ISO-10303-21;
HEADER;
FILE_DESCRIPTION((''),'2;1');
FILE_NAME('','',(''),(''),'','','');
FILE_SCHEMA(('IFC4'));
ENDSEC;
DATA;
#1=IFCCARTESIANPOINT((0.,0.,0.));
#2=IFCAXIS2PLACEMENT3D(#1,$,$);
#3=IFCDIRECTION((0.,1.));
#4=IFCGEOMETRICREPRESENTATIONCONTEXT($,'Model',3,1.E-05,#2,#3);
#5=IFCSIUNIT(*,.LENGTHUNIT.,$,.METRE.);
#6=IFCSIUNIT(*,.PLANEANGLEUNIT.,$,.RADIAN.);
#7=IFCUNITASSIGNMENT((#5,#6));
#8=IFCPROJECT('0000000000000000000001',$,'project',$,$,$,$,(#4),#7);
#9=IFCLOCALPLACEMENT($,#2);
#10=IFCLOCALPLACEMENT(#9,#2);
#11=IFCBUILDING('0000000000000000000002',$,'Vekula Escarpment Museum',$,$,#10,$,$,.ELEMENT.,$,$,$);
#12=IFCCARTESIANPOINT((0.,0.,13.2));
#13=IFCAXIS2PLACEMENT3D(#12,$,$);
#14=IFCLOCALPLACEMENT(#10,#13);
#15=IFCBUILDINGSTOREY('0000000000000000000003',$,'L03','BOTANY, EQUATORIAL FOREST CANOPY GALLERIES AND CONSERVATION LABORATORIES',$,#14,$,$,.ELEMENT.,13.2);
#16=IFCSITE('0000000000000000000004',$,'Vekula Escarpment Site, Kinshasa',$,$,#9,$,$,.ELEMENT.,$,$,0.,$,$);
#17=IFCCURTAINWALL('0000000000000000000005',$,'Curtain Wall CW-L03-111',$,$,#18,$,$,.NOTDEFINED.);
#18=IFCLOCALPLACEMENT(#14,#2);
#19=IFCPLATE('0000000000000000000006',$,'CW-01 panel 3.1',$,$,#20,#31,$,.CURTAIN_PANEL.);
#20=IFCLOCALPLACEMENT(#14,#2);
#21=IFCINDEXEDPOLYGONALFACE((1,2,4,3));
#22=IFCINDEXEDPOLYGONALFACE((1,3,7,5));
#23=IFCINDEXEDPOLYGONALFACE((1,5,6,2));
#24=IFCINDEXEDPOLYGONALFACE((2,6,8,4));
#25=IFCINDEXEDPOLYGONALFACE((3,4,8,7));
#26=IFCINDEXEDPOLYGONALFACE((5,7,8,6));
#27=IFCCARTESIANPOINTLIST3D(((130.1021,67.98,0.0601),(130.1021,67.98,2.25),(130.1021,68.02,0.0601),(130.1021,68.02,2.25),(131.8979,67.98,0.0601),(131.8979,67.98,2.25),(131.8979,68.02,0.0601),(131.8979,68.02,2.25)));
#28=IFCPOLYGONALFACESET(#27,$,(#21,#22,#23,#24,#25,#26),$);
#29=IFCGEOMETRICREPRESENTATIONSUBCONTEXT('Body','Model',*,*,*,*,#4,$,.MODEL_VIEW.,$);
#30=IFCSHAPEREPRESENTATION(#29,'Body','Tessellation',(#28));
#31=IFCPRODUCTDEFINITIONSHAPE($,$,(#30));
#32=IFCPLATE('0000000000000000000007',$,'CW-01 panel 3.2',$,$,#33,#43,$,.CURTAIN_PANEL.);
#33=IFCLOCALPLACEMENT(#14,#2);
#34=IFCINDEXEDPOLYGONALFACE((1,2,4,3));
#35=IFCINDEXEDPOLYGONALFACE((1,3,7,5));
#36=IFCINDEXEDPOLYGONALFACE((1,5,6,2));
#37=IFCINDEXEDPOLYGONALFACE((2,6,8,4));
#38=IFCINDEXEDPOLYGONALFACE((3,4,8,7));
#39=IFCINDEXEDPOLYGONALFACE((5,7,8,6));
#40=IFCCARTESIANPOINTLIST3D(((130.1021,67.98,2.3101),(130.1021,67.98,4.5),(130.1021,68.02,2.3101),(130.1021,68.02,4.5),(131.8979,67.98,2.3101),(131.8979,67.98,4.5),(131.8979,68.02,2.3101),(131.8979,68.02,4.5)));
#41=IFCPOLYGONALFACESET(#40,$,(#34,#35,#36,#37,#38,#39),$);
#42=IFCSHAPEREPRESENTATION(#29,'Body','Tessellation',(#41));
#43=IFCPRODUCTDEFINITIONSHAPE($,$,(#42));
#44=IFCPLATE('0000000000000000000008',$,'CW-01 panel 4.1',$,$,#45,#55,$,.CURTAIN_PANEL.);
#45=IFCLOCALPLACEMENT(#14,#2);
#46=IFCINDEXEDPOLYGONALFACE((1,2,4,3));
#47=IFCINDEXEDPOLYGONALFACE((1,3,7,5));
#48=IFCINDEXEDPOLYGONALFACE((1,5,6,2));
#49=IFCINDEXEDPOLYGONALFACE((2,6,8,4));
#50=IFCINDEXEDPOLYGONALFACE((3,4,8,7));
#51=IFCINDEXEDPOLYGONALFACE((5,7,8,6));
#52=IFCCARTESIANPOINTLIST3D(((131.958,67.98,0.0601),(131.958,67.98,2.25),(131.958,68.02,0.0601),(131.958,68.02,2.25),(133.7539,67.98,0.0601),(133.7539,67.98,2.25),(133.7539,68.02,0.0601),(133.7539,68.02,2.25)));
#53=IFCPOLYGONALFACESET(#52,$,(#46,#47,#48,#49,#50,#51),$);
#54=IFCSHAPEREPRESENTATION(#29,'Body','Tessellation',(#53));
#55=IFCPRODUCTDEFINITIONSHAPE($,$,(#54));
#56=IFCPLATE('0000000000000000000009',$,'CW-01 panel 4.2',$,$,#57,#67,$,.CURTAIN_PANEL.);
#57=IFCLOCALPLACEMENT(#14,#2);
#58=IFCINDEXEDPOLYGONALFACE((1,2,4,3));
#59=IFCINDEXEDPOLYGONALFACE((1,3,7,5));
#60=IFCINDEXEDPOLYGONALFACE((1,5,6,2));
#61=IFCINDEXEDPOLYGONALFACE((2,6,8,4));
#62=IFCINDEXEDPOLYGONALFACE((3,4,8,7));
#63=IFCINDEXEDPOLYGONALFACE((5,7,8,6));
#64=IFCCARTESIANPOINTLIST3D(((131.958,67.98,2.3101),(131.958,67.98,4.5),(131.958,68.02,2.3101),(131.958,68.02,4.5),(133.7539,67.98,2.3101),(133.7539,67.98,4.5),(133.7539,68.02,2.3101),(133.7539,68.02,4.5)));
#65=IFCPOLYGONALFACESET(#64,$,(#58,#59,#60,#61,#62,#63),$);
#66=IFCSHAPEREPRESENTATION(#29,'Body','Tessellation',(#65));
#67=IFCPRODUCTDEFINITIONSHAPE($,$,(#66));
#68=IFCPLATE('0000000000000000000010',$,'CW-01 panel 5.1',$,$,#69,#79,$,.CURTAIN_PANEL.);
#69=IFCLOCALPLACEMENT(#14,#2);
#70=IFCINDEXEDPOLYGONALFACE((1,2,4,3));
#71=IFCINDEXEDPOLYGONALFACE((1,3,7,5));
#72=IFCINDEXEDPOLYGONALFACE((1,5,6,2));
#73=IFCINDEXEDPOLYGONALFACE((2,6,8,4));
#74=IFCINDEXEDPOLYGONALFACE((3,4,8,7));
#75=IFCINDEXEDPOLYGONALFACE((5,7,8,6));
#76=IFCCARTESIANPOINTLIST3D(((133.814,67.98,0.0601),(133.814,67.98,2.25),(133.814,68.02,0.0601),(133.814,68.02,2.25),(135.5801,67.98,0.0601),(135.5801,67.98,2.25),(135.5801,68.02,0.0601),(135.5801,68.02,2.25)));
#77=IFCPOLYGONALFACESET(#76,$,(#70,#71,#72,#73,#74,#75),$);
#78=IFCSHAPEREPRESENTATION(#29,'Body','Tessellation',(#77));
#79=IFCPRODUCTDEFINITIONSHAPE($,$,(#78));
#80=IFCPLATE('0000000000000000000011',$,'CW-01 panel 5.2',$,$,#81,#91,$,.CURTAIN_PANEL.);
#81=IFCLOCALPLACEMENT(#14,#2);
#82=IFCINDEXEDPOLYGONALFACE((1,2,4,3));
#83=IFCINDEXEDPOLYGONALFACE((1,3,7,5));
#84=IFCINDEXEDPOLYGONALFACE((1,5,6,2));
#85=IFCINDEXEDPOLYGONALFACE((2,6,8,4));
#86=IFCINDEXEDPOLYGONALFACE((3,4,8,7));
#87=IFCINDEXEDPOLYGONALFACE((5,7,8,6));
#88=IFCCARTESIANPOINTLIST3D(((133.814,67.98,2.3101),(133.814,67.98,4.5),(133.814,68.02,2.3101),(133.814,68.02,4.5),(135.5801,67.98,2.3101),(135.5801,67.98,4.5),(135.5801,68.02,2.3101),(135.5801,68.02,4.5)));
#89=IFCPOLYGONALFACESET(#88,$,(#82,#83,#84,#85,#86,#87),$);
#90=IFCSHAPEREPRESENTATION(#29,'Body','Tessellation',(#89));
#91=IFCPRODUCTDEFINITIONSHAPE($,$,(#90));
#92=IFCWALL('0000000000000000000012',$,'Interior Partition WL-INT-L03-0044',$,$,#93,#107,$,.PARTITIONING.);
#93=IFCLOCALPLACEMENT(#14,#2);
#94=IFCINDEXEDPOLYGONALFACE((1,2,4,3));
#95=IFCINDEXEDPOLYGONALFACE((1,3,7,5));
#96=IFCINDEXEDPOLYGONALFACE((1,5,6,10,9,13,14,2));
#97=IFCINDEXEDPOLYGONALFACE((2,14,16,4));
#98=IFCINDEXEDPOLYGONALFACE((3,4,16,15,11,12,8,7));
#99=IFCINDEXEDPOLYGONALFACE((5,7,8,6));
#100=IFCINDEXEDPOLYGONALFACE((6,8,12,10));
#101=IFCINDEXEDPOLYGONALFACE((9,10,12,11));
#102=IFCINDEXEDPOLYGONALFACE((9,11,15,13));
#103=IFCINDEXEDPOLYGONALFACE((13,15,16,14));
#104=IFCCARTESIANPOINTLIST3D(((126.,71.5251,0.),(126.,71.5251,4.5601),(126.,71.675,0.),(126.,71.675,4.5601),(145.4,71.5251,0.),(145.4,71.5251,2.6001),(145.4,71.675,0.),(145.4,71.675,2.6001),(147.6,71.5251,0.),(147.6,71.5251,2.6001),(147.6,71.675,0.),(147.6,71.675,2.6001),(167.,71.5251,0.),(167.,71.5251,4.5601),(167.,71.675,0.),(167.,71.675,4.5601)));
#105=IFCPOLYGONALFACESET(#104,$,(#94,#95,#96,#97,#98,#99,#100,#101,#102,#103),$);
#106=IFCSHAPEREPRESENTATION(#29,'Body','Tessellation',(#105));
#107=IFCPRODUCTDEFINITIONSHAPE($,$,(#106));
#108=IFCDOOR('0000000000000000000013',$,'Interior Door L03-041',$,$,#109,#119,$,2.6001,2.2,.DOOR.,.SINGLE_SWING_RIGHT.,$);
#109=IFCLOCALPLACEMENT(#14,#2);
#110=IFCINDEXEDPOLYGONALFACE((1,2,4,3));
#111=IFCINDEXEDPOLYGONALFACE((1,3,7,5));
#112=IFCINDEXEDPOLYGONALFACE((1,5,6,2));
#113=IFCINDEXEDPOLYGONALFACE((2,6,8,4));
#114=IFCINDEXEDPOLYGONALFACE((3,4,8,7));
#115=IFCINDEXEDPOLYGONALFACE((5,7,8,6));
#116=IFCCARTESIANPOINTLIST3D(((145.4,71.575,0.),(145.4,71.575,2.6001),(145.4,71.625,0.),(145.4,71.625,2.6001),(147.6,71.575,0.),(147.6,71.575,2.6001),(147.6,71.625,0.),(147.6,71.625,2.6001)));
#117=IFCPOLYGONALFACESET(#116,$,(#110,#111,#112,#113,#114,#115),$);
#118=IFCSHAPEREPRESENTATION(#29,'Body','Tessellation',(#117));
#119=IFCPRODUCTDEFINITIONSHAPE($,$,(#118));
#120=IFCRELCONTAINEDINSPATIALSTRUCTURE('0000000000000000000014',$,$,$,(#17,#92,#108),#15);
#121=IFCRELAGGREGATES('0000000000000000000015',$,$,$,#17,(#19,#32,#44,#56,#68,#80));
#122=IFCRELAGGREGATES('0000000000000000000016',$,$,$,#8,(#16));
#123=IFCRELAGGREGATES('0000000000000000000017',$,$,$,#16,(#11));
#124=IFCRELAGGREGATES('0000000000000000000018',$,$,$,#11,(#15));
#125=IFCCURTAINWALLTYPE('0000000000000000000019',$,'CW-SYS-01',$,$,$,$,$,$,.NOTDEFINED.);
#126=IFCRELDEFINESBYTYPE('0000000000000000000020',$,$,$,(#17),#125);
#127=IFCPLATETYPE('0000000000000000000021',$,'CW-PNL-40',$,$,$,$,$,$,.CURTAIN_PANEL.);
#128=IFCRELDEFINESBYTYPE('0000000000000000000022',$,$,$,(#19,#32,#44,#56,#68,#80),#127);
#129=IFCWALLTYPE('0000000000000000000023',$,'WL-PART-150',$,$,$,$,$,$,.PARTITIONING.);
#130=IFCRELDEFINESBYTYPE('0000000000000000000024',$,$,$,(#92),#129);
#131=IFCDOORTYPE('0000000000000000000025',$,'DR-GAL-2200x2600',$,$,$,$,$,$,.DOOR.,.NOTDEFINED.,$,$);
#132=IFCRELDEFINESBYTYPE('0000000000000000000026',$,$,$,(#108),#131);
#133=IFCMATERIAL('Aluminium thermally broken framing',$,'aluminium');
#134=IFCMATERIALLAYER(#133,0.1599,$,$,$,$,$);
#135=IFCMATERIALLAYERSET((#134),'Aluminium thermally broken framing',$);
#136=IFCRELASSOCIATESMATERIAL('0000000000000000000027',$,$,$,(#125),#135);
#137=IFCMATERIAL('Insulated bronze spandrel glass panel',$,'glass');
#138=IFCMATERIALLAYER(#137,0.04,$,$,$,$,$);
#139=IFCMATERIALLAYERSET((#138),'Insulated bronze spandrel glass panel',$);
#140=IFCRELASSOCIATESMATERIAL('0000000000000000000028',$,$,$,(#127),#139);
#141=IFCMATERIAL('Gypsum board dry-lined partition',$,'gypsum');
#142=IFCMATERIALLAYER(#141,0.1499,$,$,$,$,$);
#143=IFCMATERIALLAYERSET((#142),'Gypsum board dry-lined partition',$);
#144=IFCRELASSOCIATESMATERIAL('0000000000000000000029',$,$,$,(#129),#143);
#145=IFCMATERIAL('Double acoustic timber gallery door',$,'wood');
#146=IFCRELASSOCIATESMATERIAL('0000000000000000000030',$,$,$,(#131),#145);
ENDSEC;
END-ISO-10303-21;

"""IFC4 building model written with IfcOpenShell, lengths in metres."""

from ifc_helpers import new_model, si_unit, direction, frame, frame_2d, origin, origin_2d, place, context, subcontext, project, spatial, rectangle, extrude, material, layer, layer_set, type_object, element, fill, aggregate, save


model = new_model("IFC4")

# Units and contexts
model_context = context("Model", 3, precision=1e-05, world=origin(), true_north=direction((0.0, 1.0)))
body_context = subcontext(model_context, "Body", "Model", "MODEL_VIEW")
ifc_project = project(units=[si_unit("LENGTHUNIT", "METRE"), si_unit("PLANEANGLEUNIT", "RADIAN")], contexts=[model_context])

# Site, building, storey
site_placement = place(None, origin())
site = spatial("IfcSite", under=ifc_project, at=site_placement, Name="Vekula Escarpment Site, Kinshasa", CompositionType="ELEMENT", RefElevation=0.0)
building_placement = place(site_placement, origin())
building = spatial("IfcBuilding", under=site, at=building_placement, Name="Vekula Escarpment Museum", CompositionType="ELEMENT")
storey_placement = place(building_placement, frame((0.0, 0.0, 13.2)))
storey = spatial("IfcBuildingStorey", under=building, at=storey_placement, Name="L03", Description="BOTANY, EQUATORIAL FOREST CANOPY GALLERIES AND CONSERVATION LABORATORIES", CompositionType="ELEMENT", Elevation=13.2)

# Curtain wall, plates
ifc_material_1 = material(Name="Aluminium thermally broken framing", Category="aluminium")
ifc_layer_1 = layer(ifc_material_1, 0.1599)
ifc_layer_set_1 = layer_set([ifc_layer_1], Name="Aluminium thermally broken framing")
curtain_wall_type = type_object("IfcCurtainWallType", Name="CW-SYS-01", PredefinedType="NOTDEFINED", material=ifc_layer_set_1)
curtain_wall_placement = place(storey_placement, origin())
curtain_wall = element("IfcCurtainWall", 1, at=curtain_wall_placement, inside=storey, type_object=curtain_wall_type, Name="Curtain Wall CW-L03-111", PredefinedType="NOTDEFINED")
ifc_material_2 = material(Name="Insulated bronze spandrel glass panel", Category="glass")
ifc_layer_2 = layer(ifc_material_2, 0.04)
ifc_layer_set_2 = layer_set([ifc_layer_2], Name="Insulated bronze spandrel glass panel")
plate_type = type_object("IfcPlateType", Name="CW-PNL-40", PredefinedType="CURTAIN_PANEL", material=ifc_layer_set_2)
plate_1_placement = place(storey_placement, frame((131.0, 68.0, 0.0601), z_axis=(0.0, 0.0, 1.0), x_axis=(1.0, 0.0, 0.0)))
plate_1 = element("IfcPlate", 2, at=plate_1_placement, type_object=plate_type, Name="CW-01 panel 3.1", PredefinedType="CURTAIN_PANEL", context=body_context, shape_type="SweptSolid", body=[
    extrude(rectangle(XDim=1.7959, YDim=0.04, at=origin_2d()), origin(), (0.0, 0.0, 1.0), 2.1899),
])
plate_2_placement = place(storey_placement, frame((131.0, 68.0, 2.3101), z_axis=(0.0, 0.0, 1.0), x_axis=(1.0, 0.0, 0.0)))
plate_2 = element("IfcPlate", 3, at=plate_2_placement, type_object=plate_type, Name="CW-01 panel 3.2", PredefinedType="CURTAIN_PANEL", context=body_context, shape_type="SweptSolid", body=[
    extrude(rectangle(XDim=1.7959, YDim=0.04, at=origin_2d()), origin(), (0.0, 0.0, 1.0), 2.1899),
])
plate_3_placement = place(storey_placement, frame((132.856, 68.0, 0.0601), z_axis=(0.0, 0.0, 1.0), x_axis=(1.0, 0.0, 0.0)))
plate_3 = element("IfcPlate", 4, at=plate_3_placement, type_object=plate_type, Name="CW-01 panel 4.1", PredefinedType="CURTAIN_PANEL", context=body_context, shape_type="SweptSolid", body=[
    extrude(rectangle(XDim=1.7959, YDim=0.04, at=origin_2d()), origin(), (0.0, 0.0, 1.0), 2.1899),
])
plate_4_placement = place(storey_placement, frame((132.856, 68.0, 2.3101), z_axis=(0.0, 0.0, 1.0), x_axis=(1.0, 0.0, 0.0)))
plate_4 = element("IfcPlate", 5, at=plate_4_placement, type_object=plate_type, Name="CW-01 panel 4.2", PredefinedType="CURTAIN_PANEL", context=body_context, shape_type="SweptSolid", body=[
    extrude(rectangle(XDim=1.7959, YDim=0.04, at=origin_2d()), origin(), (0.0, 0.0, 1.0), 2.1899),
])
plate_5_placement = place(storey_placement, frame((134.697, 68.0, 0.0601), z_axis=(0.0, 0.0, 1.0), x_axis=(1.0, 0.0, 0.0)))
plate_5 = element("IfcPlate", 6, at=plate_5_placement, type_object=plate_type, Name="CW-01 panel 5.1", PredefinedType="CURTAIN_PANEL", context=body_context, shape_type="SweptSolid", body=[
    extrude(rectangle(XDim=1.7661, YDim=0.04, at=origin_2d()), origin(), (0.0, 0.0, 1.0), 2.1899),
])
plate_6_placement = place(storey_placement, frame((134.697, 68.0, 2.3101), z_axis=(0.0, 0.0, 1.0), x_axis=(1.0, 0.0, 0.0)))
plate_6 = element("IfcPlate", 7, at=plate_6_placement, type_object=plate_type, Name="CW-01 panel 5.2", PredefinedType="CURTAIN_PANEL", context=body_context, shape_type="SweptSolid", body=[
    extrude(rectangle(XDim=1.7661, YDim=0.04, at=origin_2d()), origin(), (0.0, 0.0, 1.0), 2.1899),
])
aggregate(curtain_wall, [plate_1, plate_2, plate_3, plate_4, plate_5, plate_6])

# Wall, opening, door
ifc_material_3 = material(Name="Gypsum board dry-lined partition", Category="gypsum")
ifc_layer_3 = layer(ifc_material_3, 0.1499)
ifc_layer_set_3 = layer_set([ifc_layer_3], Name="Gypsum board dry-lined partition")
wall_type_1 = type_object("IfcWallType", Name="WL-PART-150", PredefinedType="PARTITIONING", material=ifc_layer_set_3)
wall_1_placement = place(storey_placement, frame((126.0, 71.6001, 0.0), z_axis=(0.0, 0.0, 1.0), x_axis=(1.0, 0.0, 0.0)))
wall_1 = element("IfcWall", 8, at=wall_1_placement, inside=storey, type_object=wall_type_1, Name="Interior Partition WL-INT-L03-0044", PredefinedType="PARTITIONING", context=body_context, shape_type="SweptSolid", body=[
    extrude(rectangle(XDim=41.0, YDim=0.1499, at=frame_2d((20.5, 0.0))), origin(), (0.0, 0.0, 1.0), 4.5601),
])
opening_1_placement = place(wall_1_placement, frame((19.3999, 0.0, 0.0)))
opening_1 = element("IfcOpeningElement", 9, at=opening_1_placement, cuts=wall_1, PredefinedType="OPENING", context=body_context, shape_type="SweptSolid", body=[
    extrude(rectangle(XDim=2.2, YDim=2.6001, at=frame_2d((1.1001, 1.3))), frame((0.0, 0.085, 0.0), z_axis=(0.0, -1.0, 0.0), x_axis=(1.0, 0.0, 0.0)), (0.0, 0.0, 1.0), 0.1699),
])
ifc_material_4 = material(Name="Double acoustic timber gallery door", Category="wood")
door_type_1 = type_object("IfcDoorType", Name="DR-GAL-2200x2600", OperationType="NOTDEFINED", PredefinedType="DOOR", material=ifc_material_4)
door_1_placement = place(opening_1_placement, origin())
door_1 = element("IfcDoor", 10, at=door_1_placement, inside=storey, type_object=door_type_1, Name="Interior Door L03-041", OperationType="SINGLE_SWING_RIGHT", OverallHeight=2.6001, OverallWidth=2.2, PredefinedType="DOOR", context=body_context, shape_type="SweptSolid", body=[
    extrude(rectangle(XDim=2.2, YDim=2.6001, at=frame_2d((1.1001, 1.3))), frame((0.0, 0.0249, 0.0), z_axis=(0.0, -1.0, 0.0), x_axis=(1.0, 0.0, 0.0)), (0.0, 0.0, 1.0), 0.05),
])
fill(opening_1, door_1)

save(model, "model.ifc")
